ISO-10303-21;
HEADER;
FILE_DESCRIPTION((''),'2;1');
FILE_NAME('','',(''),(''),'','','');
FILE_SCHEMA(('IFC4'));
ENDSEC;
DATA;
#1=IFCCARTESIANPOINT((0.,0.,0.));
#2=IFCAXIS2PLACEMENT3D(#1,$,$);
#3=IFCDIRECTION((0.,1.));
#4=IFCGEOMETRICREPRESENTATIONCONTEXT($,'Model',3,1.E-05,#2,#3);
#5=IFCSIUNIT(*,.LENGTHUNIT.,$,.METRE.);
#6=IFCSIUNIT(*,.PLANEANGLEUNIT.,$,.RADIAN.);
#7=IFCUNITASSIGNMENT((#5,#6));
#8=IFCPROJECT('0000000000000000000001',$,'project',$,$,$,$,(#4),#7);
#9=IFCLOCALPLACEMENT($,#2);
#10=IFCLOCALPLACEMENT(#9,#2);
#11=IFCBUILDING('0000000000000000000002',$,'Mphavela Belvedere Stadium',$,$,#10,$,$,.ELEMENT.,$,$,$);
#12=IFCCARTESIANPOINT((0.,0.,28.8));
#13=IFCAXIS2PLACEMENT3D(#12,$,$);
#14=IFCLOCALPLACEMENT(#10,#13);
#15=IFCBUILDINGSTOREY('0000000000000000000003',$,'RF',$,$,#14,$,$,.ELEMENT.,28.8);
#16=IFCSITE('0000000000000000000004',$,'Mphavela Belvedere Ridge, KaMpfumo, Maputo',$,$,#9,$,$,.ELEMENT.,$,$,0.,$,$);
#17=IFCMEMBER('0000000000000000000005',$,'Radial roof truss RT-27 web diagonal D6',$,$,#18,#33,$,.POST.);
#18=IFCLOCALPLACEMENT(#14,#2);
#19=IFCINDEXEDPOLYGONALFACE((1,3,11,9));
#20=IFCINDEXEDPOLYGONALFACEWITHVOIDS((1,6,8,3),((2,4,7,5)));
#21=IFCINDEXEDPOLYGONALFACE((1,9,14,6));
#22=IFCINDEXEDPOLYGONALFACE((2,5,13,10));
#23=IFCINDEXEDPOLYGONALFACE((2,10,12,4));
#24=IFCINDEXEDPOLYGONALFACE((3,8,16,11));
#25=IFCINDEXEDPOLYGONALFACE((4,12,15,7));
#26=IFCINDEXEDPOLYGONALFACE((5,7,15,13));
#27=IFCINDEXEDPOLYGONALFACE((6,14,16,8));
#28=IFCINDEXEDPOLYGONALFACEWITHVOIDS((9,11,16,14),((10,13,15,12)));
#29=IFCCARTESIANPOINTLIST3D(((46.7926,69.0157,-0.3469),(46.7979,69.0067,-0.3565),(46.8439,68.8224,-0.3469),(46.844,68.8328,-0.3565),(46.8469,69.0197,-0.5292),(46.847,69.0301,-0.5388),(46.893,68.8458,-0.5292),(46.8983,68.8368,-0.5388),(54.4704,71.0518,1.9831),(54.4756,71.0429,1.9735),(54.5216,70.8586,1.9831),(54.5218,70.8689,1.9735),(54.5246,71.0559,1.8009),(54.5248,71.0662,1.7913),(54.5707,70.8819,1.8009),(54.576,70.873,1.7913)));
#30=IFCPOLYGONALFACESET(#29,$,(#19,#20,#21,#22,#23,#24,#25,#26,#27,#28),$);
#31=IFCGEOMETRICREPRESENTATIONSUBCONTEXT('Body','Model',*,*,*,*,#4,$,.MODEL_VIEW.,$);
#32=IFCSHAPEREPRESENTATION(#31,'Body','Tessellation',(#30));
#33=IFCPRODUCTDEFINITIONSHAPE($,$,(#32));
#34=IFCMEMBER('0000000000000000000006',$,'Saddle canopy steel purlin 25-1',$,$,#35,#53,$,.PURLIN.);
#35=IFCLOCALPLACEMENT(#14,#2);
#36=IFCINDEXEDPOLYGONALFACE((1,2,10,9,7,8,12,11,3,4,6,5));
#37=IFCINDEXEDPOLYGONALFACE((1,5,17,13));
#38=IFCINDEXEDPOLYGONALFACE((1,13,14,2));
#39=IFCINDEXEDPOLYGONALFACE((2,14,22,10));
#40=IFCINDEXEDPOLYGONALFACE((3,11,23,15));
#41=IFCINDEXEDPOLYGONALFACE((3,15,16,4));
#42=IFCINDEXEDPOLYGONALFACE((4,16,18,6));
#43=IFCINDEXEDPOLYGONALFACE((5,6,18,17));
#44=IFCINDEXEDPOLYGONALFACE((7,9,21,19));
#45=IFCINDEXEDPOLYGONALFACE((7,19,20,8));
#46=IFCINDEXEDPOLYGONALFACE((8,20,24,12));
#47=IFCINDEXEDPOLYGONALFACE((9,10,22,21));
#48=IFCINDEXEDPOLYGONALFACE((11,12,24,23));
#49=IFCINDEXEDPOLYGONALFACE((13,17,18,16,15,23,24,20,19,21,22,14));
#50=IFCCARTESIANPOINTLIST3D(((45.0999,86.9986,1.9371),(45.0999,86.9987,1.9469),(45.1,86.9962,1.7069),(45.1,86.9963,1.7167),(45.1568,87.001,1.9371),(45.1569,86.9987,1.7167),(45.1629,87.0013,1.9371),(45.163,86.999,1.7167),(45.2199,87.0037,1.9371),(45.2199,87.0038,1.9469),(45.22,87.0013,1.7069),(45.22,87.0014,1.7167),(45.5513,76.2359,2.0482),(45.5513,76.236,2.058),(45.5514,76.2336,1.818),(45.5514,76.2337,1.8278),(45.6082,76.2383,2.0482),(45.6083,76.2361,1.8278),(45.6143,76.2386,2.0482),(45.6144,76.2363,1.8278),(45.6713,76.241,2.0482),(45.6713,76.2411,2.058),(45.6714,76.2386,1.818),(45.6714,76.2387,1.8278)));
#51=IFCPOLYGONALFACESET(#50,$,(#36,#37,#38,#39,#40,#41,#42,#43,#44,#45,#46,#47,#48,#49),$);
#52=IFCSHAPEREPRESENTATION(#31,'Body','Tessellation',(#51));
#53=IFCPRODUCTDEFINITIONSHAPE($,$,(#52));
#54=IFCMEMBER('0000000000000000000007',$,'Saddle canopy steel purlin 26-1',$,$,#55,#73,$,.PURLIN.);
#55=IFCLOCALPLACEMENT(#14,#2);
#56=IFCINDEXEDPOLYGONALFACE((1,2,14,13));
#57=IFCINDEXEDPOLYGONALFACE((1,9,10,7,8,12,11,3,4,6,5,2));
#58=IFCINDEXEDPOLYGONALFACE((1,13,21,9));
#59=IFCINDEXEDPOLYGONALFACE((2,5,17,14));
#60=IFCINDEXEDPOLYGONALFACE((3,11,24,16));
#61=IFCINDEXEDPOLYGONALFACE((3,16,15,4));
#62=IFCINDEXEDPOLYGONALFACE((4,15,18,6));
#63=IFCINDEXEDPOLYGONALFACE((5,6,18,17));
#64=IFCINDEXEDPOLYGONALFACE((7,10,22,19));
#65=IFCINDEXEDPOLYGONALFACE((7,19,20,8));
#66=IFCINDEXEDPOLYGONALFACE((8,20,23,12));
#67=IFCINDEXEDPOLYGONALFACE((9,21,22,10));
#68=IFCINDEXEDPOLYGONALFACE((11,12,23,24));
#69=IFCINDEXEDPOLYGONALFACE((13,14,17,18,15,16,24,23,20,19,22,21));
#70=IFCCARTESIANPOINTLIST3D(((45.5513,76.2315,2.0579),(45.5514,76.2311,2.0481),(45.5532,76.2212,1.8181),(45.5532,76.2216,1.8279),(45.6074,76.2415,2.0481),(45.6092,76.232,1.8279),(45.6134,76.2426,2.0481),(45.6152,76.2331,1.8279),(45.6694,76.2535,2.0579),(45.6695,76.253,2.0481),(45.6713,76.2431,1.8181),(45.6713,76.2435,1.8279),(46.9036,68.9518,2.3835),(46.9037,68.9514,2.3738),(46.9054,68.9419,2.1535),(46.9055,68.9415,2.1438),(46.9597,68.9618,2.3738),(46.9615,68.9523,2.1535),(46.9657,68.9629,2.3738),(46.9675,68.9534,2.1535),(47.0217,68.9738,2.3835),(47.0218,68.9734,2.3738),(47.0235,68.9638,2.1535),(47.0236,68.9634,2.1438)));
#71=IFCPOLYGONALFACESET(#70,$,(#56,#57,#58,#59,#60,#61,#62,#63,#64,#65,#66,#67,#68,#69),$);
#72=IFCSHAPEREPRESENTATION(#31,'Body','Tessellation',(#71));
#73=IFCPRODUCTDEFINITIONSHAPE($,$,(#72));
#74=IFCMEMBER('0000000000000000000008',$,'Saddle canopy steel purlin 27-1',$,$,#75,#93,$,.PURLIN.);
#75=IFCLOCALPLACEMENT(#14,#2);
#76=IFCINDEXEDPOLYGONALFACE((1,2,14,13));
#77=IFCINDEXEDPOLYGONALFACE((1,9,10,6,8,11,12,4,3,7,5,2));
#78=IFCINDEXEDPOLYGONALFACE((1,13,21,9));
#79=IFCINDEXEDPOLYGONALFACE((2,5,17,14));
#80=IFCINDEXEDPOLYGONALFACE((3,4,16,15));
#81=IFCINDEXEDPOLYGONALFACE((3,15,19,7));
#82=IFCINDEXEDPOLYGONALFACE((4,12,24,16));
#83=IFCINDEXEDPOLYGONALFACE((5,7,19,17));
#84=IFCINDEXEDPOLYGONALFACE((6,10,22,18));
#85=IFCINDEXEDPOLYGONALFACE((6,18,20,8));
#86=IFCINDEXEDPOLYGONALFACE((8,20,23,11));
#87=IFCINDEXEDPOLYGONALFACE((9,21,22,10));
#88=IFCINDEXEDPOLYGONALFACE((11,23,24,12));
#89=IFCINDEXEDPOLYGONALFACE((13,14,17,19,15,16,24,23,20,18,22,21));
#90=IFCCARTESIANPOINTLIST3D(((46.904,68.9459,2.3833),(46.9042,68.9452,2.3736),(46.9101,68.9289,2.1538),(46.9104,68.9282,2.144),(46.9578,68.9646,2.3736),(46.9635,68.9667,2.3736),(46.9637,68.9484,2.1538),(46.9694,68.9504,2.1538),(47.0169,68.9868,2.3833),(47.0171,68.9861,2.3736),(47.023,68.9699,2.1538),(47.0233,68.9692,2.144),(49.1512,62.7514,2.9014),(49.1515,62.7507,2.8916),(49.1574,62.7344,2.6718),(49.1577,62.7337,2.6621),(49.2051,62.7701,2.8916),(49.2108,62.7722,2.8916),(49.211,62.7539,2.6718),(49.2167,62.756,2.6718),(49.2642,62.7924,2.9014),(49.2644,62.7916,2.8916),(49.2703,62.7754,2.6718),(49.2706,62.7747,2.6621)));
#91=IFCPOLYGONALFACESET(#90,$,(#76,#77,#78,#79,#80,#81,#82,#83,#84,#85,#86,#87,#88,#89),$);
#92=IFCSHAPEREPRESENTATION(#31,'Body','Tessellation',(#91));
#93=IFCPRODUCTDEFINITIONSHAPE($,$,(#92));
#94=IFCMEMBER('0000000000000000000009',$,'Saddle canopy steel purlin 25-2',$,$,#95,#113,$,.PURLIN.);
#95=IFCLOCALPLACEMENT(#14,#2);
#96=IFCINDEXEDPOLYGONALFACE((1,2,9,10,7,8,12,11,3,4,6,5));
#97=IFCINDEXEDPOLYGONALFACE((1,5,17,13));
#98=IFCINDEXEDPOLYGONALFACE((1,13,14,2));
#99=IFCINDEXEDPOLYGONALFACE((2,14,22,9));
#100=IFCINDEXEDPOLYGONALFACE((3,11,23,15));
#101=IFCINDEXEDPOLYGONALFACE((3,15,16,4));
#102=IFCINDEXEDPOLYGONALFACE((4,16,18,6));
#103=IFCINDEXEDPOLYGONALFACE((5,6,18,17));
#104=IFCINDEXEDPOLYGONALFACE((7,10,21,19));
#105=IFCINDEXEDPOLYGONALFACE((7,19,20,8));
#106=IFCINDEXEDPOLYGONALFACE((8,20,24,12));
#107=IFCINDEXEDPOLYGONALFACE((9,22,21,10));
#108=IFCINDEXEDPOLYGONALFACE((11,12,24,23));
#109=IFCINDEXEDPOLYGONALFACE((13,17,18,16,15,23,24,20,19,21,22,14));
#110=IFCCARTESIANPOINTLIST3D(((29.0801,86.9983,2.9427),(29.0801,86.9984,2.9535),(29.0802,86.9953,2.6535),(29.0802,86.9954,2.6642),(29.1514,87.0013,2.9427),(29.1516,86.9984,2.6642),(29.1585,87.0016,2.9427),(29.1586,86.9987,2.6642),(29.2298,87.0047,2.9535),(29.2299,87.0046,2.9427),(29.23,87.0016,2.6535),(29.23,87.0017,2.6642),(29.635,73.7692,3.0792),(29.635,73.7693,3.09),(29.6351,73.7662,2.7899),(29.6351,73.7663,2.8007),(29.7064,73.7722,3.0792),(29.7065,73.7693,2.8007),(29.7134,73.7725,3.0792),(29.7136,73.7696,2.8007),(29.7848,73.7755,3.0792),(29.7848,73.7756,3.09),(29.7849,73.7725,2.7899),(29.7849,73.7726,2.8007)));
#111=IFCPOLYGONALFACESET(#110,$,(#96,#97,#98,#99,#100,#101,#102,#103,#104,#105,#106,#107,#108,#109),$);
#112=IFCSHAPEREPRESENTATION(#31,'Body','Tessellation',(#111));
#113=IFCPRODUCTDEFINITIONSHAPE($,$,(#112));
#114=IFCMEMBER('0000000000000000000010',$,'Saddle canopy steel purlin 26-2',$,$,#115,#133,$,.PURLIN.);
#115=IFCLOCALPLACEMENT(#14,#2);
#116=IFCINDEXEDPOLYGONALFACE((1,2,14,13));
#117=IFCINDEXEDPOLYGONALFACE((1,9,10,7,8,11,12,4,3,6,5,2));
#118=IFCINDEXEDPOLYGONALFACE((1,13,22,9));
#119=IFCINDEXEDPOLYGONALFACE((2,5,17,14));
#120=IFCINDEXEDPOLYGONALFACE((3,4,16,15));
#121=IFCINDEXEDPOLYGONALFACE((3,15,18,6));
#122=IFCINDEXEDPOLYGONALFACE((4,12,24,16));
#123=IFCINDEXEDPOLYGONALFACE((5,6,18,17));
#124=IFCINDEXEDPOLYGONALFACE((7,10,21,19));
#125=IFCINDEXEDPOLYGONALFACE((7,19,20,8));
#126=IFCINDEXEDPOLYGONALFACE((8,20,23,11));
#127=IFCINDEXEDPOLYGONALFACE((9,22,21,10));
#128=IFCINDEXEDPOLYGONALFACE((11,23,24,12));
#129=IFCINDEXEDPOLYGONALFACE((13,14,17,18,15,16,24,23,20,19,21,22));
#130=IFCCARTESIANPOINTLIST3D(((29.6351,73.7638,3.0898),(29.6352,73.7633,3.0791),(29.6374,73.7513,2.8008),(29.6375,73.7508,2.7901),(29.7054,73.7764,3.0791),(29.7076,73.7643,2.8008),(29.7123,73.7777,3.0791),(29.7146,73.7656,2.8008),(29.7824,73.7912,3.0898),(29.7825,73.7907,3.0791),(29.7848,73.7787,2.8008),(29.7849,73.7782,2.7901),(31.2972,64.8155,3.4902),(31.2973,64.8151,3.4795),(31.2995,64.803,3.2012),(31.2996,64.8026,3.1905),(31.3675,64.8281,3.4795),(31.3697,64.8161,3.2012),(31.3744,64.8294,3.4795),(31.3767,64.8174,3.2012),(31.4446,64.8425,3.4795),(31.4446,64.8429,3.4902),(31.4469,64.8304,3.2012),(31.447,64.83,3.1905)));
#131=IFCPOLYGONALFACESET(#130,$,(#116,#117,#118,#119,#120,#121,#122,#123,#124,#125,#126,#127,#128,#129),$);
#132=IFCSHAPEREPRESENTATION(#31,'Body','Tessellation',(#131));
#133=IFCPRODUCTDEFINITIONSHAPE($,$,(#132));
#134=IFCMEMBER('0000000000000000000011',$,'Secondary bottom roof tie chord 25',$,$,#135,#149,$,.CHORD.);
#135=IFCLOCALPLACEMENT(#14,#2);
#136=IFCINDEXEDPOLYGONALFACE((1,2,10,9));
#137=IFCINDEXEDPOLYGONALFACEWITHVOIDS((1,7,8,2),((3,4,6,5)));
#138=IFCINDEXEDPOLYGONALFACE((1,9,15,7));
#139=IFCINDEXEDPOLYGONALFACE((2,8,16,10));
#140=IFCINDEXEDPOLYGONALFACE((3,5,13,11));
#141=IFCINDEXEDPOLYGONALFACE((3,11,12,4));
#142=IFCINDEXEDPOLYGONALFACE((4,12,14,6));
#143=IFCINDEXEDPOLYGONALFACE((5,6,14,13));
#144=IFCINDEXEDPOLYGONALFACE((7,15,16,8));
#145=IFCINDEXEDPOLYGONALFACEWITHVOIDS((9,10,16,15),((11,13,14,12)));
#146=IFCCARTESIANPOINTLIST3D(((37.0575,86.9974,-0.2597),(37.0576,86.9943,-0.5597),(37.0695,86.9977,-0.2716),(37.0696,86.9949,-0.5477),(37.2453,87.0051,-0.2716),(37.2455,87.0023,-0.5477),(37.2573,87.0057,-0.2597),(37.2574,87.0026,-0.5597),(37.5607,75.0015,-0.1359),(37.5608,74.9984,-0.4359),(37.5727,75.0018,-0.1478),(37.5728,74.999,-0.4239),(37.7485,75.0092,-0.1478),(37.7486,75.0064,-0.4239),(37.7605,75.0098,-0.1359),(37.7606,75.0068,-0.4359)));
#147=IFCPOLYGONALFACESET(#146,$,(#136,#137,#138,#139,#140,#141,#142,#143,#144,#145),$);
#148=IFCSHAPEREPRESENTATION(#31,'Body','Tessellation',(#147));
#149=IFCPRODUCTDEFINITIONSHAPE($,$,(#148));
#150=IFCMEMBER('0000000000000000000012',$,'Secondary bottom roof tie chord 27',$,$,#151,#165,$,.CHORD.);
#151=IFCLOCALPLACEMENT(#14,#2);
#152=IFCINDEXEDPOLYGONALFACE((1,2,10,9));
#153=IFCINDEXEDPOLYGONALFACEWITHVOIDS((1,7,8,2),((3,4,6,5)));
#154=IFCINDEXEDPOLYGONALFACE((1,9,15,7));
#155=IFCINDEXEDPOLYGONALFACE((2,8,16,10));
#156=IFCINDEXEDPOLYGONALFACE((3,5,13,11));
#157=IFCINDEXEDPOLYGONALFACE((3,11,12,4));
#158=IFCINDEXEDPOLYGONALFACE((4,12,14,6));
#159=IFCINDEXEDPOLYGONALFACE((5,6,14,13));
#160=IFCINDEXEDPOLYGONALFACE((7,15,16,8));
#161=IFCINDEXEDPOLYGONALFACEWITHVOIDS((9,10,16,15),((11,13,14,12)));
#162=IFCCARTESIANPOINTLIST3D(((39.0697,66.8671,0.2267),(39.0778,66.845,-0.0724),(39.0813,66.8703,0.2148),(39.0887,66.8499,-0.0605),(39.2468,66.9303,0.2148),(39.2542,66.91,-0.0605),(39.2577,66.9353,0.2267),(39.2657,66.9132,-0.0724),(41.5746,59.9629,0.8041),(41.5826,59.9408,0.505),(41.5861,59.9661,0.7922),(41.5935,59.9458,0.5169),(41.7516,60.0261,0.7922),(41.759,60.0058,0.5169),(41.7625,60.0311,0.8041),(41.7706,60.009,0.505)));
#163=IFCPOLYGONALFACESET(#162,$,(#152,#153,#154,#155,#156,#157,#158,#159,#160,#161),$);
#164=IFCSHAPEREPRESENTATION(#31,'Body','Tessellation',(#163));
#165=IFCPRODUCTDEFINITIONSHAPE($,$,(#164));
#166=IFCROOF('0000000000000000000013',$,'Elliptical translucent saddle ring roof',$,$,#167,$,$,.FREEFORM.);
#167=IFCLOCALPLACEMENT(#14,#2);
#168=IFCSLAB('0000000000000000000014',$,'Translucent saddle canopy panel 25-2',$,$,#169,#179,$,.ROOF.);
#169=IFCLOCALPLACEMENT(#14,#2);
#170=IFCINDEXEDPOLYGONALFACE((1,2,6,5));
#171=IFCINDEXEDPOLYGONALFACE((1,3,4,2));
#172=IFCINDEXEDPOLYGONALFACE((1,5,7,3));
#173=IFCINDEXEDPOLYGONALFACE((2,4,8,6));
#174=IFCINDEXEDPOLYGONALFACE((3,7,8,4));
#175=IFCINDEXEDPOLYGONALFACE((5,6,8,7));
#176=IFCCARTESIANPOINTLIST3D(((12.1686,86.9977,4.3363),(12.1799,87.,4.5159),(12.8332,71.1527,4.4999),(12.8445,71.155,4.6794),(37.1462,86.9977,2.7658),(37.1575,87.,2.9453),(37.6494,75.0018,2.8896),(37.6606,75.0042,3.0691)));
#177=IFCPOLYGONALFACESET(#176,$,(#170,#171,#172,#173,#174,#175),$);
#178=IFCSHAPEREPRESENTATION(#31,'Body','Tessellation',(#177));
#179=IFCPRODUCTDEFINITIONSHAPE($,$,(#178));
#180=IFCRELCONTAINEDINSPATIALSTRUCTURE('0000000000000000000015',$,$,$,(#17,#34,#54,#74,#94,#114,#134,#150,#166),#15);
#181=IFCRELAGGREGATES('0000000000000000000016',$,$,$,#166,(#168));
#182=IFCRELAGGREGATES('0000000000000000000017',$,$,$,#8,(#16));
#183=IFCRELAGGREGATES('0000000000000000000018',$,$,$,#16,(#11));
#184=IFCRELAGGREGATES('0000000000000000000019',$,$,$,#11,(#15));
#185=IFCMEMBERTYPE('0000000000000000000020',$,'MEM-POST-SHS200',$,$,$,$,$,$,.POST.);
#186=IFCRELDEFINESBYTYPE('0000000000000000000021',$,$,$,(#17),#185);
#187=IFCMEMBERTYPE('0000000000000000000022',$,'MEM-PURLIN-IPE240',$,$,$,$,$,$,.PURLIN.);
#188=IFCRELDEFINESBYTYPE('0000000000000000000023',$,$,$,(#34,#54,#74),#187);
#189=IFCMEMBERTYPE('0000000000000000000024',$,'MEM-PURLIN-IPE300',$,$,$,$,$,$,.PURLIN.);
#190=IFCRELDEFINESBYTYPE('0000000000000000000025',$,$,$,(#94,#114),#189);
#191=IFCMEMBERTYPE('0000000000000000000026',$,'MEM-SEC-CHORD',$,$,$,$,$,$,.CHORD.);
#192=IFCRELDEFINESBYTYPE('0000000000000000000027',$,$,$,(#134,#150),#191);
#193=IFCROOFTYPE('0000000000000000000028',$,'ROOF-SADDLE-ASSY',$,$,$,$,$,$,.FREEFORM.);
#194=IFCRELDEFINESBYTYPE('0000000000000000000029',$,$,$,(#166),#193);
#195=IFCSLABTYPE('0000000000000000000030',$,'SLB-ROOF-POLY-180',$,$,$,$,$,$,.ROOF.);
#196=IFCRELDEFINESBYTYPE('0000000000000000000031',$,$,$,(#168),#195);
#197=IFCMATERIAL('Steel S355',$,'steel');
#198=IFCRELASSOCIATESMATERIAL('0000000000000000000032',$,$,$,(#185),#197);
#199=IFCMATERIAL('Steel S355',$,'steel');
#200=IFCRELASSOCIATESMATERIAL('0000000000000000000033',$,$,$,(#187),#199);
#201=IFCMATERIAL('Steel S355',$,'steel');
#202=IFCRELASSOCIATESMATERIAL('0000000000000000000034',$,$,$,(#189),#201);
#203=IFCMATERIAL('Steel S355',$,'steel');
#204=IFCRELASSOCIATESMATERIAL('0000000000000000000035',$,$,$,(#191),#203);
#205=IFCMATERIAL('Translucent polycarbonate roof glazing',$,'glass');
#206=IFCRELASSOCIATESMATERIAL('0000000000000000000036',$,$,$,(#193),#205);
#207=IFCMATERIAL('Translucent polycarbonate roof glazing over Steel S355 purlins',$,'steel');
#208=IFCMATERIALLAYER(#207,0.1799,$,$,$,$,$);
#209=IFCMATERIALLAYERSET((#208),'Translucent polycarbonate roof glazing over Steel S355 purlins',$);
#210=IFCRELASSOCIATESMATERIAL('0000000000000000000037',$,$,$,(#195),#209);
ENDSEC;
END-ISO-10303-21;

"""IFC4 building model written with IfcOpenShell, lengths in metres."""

from ifc_helpers import new_model, si_unit, direction, frame, origin, origin_2d, place, context, subcontext, project, spatial, polyline, hollow_rectangle, i_section, outline, extrude, material, layer, layer_set, material_profile, profile_set, type_object, element, aggregate, save


model = new_model("IFC4")

# Units and contexts
model_context = context("Model", 3, precision=1e-05, world=origin(), true_north=direction((0.0, 1.0)))
body_context = subcontext(model_context, "Body", "Model", "MODEL_VIEW")
ifc_project = project(units=[si_unit("LENGTHUNIT", "METRE"), si_unit("PLANEANGLEUNIT", "RADIAN")], contexts=[model_context])

# Site, building, storey
site_placement = place(None, origin())
site = spatial("IfcSite", under=ifc_project, at=site_placement, Name="Mphavela Belvedere Ridge, KaMpfumo, Maputo", CompositionType="ELEMENT", RefElevation=0.0)
building_placement = place(site_placement, origin())
building = spatial("IfcBuilding", under=site, at=building_placement, Name="Mphavela Belvedere Stadium", CompositionType="ELEMENT")
storey_placement = place(building_placement, frame((0.0, 0.0, 28.8)))
storey = spatial("IfcBuildingStorey", under=building, at=storey_placement, Name="RF", CompositionType="ELEMENT", Elevation=28.8)

# Members
ifc_material_1 = material(Name="Steel S355", Category="steel")
ifc_material_profile_1 = material_profile(ifc_material_1, hollow_rectangle(XDim=0.2, YDim=0.2, WallThickness=0.01, at=origin_2d()), Name="SHS 200x200x10")
ifc_profile_set_1 = profile_set([ifc_material_profile_1], Name="Steel S355")
member_type_1 = type_object("IfcMemberType", Name="MEM-POST-SHS200", PredefinedType="POST", material=ifc_profile_set_1)
member_1_placement = place(storey_placement, frame((46.8455, 68.9263, -0.4429), z_axis=(0.927504, 0.245974, 0.281484), x_axis=(-0.256339, 0.966587, 0.0)))
element("IfcMember", 1, at=member_1_placement, inside=storey, type_object=member_type_1, Name="Radial roof truss RT-27 web diagonal D6", PredefinedType="POST", context=body_context, shape_type="SweptSolid", body=[
    extrude(hollow_rectangle(XDim=0.2, YDim=0.2, WallThickness=0.01, at=origin_2d()), origin(), (0.0, 0.0, 1.0), 8.2778),
])
ifc_material_2 = material(Name="Steel S355", Category="steel")
ifc_material_profile_2 = material_profile(ifc_material_2, i_section(OverallWidth=0.1201, OverallDepth=0.24, WebThickness=0.0061, FlangeThickness=0.0098, at=origin_2d()), Name="IPE 240")
ifc_profile_set_2 = profile_set([ifc_material_profile_2], Name="Steel S355")
member_type_2 = type_object("IfcMemberType", Name="MEM-PURLIN-IPE240", PredefinedType="PURLIN", material=ifc_profile_set_2)
member_2_placement = place(storey_placement, frame((45.1599, 87.0, 1.8269), z_axis=(0.041904, -0.999068, 0.010312), x_axis=(0.999122, 0.041906, 0.0)))
element("IfcMember", 2, at=member_2_placement, inside=storey, type_object=member_type_2, Name="Saddle canopy steel purlin 25-1", PredefinedType="PURLIN", context=body_context, shape_type="SweptSolid", body=[
    extrude(i_section(OverallWidth=0.1201, OverallDepth=0.24, WebThickness=0.0061, FlangeThickness=0.0098, at=origin_2d()), origin(), (0.0, 0.0, 1.0), 10.7727),
])
member_3_placement = place(storey_placement, frame((45.6113, 76.2373, 1.938), z_axis=(0.182459, -0.982231, 0.043943), x_axis=(0.983181, 0.182636, 0.0)))
element("IfcMember", 3, at=member_3_placement, inside=storey, type_object=member_type_2, Name="Saddle canopy steel purlin 26-1", PredefinedType="PURLIN", context=body_context, shape_type="SweptSolid", body=[
    extrude(i_section(OverallWidth=0.1201, OverallDepth=0.24, WebThickness=0.0061, FlangeThickness=0.0098, at=origin_2d()), origin(), (0.0, 0.0, 1.0), 7.4114),
])
member_4_placement = place(storey_placement, frame((46.9636, 68.9575, 2.2637), z_axis=(0.339989, -0.937158, 0.078377), x_axis=(0.94005, 0.341038, 0.0)))
element("IfcMember", 4, at=member_4_placement, inside=storey, type_object=member_type_2, Name="Saddle canopy steel purlin 27-1", PredefinedType="PURLIN", context=body_context, shape_type="SweptSolid", body=[
    extrude(i_section(OverallWidth=0.1201, OverallDepth=0.24, WebThickness=0.0061, FlangeThickness=0.0098, at=origin_2d()), origin(), (0.0, 0.0, 1.0), 6.6099),
])
ifc_material_3 = material(Name="Steel S355", Category="steel")
ifc_material_profile_3 = material_profile(ifc_material_3, i_section(OverallWidth=0.1499, OverallDepth=0.3, WebThickness=0.0071, FlangeThickness=0.0107, at=origin_2d()), Name="IPE 300")
ifc_profile_set_3 = profile_set([ifc_material_profile_3], Name="Steel S355")
member_type_3 = type_object("IfcMemberType", Name="MEM-PURLIN-IPE300", PredefinedType="PURLIN", material=ifc_profile_set_3)
member_5_placement = place(storey_placement, frame((29.155, 87.0, 2.8035), z_axis=(0.041909, -0.999068, 0.010307), x_axis=(0.999121, 0.041911, 0.0)))
element("IfcMember", 5, at=member_5_placement, inside=storey, type_object=member_type_3, Name="Saddle canopy steel purlin 25-2", PredefinedType="PURLIN", context=body_context, shape_type="SweptSolid", body=[
    extrude(i_section(OverallWidth=0.1499, OverallDepth=0.3, WebThickness=0.0071, FlangeThickness=0.0107, at=origin_2d()), origin(), (0.0, 0.0, 1.0), 13.2415),
])
member_6_placement = place(storey_placement, frame((29.71, 73.771, 2.9399), z_axis=(0.182447, -0.982233, 0.04395), x_axis=(0.983183, 0.182623, 0.0)))
element("IfcMember", 6, at=member_6_placement, inside=storey, type_object=member_type_3, Name="Saddle canopy steel purlin 26-2", PredefinedType="PURLIN", context=body_context, shape_type="SweptSolid", body=[
    extrude(i_section(OverallWidth=0.1499, OverallDepth=0.3, WebThickness=0.0071, FlangeThickness=0.0107, at=origin_2d()), origin(), (0.0, 0.0, 1.0), 9.1101),
])
ifc_material_4 = material(Name="Steel S355", Category="steel")
ifc_material_profile_4 = material_profile(ifc_material_4, hollow_rectangle(XDim=0.2, YDim=0.3, WallThickness=0.012, at=origin_2d()), Name="RHS 300x200x12")
ifc_profile_set_4 = profile_set([ifc_material_profile_4], Name="Steel S355")
member_type_4 = type_object("IfcMemberType", Name="MEM-SEC-CHORD", PredefinedType="CHORD", material=ifc_profile_set_4)
member_7_placement = place(storey_placement, frame((37.1575, 87.0, -0.4097), z_axis=(0.041907, -0.999068, 0.010309), x_axis=(0.999121, 0.041909, 0.0)))
element("IfcMember", 7, at=member_7_placement, inside=storey, type_object=member_type_4, Name="Secondary bottom roof tie chord 25", PredefinedType="CHORD", context=body_context, shape_type="SweptSolid", body=[
    extrude(hollow_rectangle(XDim=0.2, YDim=0.3, WallThickness=0.012, at=origin_2d()), origin(), (0.0, 0.0, 1.0), 12.0071),
])
member_8_placement = place(storey_placement, frame((39.1677, 66.8901, 0.0771), z_axis=(0.34, -0.937154, 0.078372), x_axis=(0.940046, 0.341049, 0.0)))
element("IfcMember", 8, at=member_8_placement, inside=storey, type_object=member_type_4, Name="Secondary bottom roof tie chord 27", PredefinedType="CHORD", context=body_context, shape_type="SweptSolid", body=[
    extrude(hollow_rectangle(XDim=0.2, YDim=0.3, WallThickness=0.012, at=origin_2d()), origin(), (0.0, 0.0, 1.0), 7.3672),
])

# Roof, slab
ifc_material_5 = material(Name="Translucent polycarbonate roof glazing", Category="glass")
roof_type = type_object("IfcRoofType", Name="ROOF-SADDLE-ASSY", PredefinedType="FREEFORM", material=ifc_material_5)
roof_placement = place(storey_placement, origin())
roof = element("IfcRoof", 9, at=roof_placement, inside=storey, type_object=roof_type, Name="Elliptical translucent saddle ring roof", PredefinedType="FREEFORM")
ifc_material_6 = material(Name="Translucent polycarbonate roof glazing over Steel S355 purlins", Category="steel")
ifc_layer_1 = layer(ifc_material_6, 0.1799)
ifc_layer_set_1 = layer_set([ifc_layer_1], Name="Translucent polycarbonate roof glazing over Steel S355 purlins")
slab_type = type_object("IfcSlabType", Name="SLB-ROOF-POLY-180", PredefinedType="ROOF", material=ifc_layer_set_1)
slab_1_placement = place(storey_placement, frame((37.1575, 87.0, 2.9453), z_axis=(0.062751, 0.012932, 0.997945), x_axis=(0.041907, -0.999068, 0.010312)))
slab_1 = element("IfcSlab", 10, at=slab_1_placement, type_object=slab_type, Name="Translucent saddle canopy panel 25-2", PredefinedType="ROOF", context=body_context, shape_type="SweptSolid", body=[
    extrude(outline(polyline([(0.0, 0.0), (12.007, 0.0), (14.8292, -25.0057), (-1.0305, -25.0056), (0.0, 0.0)])), origin(), (0.0, 0.0, -1.0), 0.1799),
])
aggregate(roof, [slab_1])

save(model, "model.ifc")
